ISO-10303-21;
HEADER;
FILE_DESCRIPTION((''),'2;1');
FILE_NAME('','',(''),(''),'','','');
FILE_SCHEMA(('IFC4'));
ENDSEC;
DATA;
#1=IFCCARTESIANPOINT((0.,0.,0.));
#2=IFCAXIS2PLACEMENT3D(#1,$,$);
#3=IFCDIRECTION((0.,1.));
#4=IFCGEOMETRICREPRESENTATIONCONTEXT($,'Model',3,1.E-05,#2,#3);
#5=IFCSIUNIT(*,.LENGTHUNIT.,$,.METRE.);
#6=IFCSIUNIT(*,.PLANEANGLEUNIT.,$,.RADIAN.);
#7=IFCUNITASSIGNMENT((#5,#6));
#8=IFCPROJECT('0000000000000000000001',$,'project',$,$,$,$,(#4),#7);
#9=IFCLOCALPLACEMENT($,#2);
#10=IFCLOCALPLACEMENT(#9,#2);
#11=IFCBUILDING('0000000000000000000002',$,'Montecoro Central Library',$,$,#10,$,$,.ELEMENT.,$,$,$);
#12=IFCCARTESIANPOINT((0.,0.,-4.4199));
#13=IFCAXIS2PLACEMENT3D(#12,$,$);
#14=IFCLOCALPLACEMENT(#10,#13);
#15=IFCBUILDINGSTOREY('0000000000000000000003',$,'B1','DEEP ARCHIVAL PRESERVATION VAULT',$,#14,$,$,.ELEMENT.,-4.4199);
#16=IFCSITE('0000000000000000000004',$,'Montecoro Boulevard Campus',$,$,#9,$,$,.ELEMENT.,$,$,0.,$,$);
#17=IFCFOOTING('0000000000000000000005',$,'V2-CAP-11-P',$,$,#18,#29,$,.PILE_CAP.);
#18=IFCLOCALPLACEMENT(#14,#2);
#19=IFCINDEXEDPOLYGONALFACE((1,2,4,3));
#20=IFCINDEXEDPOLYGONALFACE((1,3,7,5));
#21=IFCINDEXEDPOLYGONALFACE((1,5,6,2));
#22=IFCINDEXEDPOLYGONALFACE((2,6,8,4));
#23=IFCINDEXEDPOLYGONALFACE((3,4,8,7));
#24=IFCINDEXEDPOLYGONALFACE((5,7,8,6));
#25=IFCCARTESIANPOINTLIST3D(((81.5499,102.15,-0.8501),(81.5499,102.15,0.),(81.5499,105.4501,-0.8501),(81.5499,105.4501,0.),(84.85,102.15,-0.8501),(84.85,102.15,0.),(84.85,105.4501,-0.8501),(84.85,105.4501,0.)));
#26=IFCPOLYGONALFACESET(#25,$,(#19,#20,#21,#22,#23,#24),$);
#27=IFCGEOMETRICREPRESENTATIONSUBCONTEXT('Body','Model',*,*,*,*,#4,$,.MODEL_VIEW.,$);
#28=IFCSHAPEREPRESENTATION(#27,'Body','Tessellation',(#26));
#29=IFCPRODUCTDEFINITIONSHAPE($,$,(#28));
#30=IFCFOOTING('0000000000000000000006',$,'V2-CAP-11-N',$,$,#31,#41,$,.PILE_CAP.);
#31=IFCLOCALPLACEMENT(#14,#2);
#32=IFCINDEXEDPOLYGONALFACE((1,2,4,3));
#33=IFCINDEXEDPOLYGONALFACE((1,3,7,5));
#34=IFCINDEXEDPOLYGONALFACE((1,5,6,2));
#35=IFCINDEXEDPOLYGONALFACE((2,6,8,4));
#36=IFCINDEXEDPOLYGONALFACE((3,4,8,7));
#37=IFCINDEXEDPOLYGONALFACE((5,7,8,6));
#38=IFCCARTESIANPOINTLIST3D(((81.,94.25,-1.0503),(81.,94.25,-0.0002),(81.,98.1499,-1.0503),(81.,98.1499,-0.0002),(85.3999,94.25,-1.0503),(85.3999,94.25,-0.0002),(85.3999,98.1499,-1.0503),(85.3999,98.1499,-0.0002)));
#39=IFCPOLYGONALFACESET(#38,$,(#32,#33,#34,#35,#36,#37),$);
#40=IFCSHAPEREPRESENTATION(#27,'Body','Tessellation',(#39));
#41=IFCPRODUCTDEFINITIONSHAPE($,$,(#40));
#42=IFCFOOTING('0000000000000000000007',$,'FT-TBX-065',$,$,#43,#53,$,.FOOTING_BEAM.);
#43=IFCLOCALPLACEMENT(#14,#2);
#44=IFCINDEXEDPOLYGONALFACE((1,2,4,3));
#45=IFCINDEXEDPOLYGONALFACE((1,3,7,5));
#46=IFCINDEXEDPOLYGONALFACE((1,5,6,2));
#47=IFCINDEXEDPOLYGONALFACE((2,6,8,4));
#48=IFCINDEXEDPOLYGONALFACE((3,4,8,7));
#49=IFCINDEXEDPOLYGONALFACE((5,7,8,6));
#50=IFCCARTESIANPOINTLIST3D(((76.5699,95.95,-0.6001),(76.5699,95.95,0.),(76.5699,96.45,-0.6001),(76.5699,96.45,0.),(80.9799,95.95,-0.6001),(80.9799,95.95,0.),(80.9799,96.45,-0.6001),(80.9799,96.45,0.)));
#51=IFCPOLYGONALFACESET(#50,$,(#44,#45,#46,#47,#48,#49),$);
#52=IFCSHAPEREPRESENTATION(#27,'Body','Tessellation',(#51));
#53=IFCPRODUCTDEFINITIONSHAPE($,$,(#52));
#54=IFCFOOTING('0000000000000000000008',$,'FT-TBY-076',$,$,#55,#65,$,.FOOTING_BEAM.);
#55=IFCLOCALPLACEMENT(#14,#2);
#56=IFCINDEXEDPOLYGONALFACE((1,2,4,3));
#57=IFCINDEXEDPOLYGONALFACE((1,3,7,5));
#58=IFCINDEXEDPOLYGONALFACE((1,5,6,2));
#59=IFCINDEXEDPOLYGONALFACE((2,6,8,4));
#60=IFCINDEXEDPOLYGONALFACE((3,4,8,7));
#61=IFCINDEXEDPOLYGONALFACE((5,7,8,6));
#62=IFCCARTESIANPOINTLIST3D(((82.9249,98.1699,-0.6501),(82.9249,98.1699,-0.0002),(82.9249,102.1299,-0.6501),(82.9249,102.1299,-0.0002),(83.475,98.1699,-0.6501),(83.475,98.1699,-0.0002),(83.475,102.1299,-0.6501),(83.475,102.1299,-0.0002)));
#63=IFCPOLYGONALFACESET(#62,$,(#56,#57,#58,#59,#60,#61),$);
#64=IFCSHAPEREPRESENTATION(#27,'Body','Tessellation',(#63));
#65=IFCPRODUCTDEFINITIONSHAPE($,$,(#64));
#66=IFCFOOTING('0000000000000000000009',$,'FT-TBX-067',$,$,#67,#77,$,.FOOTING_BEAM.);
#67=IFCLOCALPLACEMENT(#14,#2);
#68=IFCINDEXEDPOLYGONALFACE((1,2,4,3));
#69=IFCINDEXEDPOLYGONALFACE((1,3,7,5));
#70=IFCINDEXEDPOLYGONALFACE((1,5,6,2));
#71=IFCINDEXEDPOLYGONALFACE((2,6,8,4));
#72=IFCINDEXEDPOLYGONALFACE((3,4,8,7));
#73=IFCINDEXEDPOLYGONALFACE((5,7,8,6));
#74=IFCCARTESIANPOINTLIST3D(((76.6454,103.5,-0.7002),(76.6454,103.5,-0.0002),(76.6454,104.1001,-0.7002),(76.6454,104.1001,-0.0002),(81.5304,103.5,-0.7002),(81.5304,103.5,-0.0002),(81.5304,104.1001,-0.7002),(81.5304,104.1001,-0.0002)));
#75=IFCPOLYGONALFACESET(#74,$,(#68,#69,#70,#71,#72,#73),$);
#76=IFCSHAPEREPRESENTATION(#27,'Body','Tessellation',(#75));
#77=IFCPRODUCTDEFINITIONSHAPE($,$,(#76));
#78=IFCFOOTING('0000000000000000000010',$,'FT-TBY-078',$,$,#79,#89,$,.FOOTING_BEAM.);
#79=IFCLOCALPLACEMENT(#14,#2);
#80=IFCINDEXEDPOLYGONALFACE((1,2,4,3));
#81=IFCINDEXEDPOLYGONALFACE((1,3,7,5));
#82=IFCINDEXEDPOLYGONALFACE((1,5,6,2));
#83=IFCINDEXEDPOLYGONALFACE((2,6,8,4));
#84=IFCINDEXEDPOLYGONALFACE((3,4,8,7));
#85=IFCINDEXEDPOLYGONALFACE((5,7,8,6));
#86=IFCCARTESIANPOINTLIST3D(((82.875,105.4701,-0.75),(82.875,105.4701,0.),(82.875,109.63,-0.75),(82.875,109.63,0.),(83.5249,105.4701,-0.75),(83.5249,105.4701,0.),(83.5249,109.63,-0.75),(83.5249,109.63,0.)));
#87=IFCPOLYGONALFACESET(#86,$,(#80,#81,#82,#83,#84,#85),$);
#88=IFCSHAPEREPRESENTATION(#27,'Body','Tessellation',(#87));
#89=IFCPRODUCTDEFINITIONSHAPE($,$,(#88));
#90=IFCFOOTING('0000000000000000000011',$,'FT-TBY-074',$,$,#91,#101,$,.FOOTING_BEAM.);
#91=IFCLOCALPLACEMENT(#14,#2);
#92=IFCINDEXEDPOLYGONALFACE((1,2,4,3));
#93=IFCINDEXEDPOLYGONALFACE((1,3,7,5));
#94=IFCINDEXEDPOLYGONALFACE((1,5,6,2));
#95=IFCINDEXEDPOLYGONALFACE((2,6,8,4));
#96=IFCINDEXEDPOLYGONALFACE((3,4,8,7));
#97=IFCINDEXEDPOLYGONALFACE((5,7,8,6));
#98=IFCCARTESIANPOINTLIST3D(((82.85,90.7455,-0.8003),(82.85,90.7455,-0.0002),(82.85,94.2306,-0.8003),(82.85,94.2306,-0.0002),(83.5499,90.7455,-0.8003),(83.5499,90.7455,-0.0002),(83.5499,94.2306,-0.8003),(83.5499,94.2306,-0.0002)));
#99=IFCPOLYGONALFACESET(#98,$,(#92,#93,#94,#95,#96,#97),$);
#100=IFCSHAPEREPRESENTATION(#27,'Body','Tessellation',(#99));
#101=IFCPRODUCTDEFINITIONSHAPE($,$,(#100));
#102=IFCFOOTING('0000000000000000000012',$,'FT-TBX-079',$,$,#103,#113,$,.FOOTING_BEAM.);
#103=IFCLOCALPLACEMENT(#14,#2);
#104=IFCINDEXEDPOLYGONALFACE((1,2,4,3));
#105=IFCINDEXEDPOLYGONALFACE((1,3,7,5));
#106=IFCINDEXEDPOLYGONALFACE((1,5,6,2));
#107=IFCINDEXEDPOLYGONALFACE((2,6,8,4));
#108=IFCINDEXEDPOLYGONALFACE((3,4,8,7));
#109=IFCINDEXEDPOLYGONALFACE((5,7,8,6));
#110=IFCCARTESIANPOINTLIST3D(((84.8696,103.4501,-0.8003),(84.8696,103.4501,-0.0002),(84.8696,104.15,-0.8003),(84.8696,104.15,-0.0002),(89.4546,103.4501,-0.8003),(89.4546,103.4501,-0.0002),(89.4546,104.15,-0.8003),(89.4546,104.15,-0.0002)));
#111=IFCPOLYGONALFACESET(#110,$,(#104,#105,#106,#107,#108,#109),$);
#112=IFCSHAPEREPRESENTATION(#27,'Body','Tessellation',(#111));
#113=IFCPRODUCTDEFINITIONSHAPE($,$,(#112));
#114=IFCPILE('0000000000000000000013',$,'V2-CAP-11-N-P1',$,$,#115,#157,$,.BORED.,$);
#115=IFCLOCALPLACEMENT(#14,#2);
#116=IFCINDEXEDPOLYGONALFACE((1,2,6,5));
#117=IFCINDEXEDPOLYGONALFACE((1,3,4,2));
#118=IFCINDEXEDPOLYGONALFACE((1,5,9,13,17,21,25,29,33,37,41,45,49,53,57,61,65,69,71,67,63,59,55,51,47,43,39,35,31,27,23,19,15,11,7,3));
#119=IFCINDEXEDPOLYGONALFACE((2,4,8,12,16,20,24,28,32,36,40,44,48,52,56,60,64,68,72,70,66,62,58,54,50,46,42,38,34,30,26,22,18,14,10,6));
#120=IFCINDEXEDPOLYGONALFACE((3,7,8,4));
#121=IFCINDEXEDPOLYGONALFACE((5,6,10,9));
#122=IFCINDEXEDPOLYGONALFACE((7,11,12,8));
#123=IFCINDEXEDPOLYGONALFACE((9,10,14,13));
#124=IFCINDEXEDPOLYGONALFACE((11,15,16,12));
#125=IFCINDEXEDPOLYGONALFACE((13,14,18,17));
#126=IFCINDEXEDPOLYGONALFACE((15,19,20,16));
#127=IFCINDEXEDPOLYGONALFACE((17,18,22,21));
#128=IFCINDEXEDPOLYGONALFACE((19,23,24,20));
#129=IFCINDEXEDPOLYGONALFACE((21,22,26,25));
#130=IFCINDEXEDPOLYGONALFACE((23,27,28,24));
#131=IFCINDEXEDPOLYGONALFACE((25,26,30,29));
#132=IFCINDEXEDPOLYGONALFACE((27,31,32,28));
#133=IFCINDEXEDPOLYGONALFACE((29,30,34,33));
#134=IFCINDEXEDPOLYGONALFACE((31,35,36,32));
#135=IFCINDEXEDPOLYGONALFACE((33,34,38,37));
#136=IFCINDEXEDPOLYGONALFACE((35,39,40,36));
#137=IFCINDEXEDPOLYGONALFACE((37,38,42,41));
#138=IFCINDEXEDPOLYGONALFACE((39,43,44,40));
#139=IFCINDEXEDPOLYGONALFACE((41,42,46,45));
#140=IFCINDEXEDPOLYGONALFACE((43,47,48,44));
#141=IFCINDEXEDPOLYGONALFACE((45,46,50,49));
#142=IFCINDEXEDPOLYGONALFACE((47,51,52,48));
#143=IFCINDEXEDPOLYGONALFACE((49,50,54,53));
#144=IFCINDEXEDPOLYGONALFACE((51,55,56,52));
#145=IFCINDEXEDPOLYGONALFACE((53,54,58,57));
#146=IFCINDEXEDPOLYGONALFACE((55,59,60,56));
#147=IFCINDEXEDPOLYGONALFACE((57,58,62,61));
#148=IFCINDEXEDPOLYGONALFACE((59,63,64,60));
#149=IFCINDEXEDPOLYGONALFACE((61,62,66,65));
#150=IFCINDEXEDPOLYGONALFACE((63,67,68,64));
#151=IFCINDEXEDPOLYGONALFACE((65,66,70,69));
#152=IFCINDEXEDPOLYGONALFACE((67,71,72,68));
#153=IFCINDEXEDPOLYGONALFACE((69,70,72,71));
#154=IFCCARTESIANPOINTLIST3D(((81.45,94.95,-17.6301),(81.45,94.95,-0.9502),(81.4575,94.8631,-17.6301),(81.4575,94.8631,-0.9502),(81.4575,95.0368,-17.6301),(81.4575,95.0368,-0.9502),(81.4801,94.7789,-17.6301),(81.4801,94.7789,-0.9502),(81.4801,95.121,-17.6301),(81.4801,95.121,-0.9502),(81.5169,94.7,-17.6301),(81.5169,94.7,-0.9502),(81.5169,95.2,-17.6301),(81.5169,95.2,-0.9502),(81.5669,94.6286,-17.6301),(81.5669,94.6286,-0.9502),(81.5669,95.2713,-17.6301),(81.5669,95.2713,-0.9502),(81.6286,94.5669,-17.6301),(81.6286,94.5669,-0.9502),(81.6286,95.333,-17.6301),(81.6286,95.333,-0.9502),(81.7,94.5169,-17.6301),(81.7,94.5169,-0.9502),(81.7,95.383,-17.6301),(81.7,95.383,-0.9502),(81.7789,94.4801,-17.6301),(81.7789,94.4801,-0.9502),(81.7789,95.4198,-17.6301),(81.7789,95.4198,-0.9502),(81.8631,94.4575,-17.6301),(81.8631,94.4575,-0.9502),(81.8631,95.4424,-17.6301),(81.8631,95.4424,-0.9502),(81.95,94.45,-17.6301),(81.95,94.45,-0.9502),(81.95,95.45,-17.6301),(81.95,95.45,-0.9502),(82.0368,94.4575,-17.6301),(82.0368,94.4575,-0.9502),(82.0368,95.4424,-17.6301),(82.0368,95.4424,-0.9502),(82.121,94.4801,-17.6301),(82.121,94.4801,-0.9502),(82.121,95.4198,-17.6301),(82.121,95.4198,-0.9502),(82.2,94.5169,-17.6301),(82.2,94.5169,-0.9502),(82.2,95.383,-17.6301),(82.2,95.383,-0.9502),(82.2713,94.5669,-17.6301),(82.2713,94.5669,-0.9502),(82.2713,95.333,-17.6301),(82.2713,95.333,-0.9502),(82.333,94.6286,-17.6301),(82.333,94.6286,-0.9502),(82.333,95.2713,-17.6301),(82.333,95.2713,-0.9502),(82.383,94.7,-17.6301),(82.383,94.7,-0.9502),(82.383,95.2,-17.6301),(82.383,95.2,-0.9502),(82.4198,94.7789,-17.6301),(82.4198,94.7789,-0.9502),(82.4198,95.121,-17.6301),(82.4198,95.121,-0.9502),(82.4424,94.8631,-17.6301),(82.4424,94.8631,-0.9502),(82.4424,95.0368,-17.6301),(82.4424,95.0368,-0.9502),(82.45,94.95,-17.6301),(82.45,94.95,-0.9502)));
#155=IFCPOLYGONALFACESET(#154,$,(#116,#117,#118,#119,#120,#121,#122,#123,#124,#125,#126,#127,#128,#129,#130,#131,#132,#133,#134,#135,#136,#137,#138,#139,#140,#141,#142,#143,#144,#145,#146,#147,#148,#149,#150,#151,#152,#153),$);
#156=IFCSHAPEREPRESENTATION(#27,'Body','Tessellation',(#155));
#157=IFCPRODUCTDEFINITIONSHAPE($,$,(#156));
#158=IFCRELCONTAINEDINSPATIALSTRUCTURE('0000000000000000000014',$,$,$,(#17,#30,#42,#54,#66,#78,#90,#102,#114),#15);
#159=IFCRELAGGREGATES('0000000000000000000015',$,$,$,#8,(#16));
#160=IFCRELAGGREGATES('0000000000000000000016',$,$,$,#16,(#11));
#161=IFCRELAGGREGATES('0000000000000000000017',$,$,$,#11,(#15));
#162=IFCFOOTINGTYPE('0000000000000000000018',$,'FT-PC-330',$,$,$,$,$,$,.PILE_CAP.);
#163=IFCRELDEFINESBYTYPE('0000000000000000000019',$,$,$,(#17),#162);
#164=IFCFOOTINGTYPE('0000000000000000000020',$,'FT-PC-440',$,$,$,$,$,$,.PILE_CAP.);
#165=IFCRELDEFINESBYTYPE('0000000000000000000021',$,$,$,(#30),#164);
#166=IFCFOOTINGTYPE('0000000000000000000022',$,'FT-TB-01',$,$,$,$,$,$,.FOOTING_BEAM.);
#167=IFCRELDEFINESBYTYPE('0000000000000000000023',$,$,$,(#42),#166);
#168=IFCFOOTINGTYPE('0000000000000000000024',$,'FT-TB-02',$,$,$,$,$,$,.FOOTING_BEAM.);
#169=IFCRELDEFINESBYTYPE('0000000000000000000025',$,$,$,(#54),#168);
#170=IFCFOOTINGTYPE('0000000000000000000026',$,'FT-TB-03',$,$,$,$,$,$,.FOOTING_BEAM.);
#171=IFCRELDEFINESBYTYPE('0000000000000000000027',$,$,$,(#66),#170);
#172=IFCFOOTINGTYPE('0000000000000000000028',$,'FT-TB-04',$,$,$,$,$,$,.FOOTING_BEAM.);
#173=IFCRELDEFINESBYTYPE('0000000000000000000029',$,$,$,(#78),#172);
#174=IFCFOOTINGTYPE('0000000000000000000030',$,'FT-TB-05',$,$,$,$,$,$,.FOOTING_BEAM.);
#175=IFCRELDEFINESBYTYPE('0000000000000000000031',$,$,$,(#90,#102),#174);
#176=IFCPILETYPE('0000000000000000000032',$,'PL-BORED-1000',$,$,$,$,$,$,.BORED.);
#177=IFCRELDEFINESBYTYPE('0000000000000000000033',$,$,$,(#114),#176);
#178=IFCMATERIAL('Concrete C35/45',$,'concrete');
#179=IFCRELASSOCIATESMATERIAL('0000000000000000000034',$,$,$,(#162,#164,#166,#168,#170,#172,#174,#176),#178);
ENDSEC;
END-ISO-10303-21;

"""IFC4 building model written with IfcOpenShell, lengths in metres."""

from ifc_helpers import new_model, si_unit, direction, frame, origin, origin_2d, place, context, subcontext, project, spatial, rectangle, circle, extrude, material, material_profile, profile_set, type_object, element, save


model = new_model("IFC4")

# Units and contexts
model_context = context("Model", 3, precision=1e-05, world=origin(), true_north=direction((0.0, 1.0)))
body_context = subcontext(model_context, "Body", "Model", "MODEL_VIEW")
ifc_project = project(units=[si_unit("LENGTHUNIT", "METRE"), si_unit("PLANEANGLEUNIT", "RADIAN")], contexts=[model_context])

# Site, building, storey
site_placement = place(None, origin())
site = spatial("IfcSite", under=ifc_project, at=site_placement, Name="Montecoro Boulevard Campus", CompositionType="ELEMENT", RefElevation=0.0)
building_placement = place(site_placement, origin())
building = spatial("IfcBuilding", under=site, at=building_placement, Name="Montecoro Central Library", CompositionType="ELEMENT")
storey_placement = place(building_placement, frame((0.0, 0.0, -4.4199)))
storey = spatial("IfcBuildingStorey", under=building, at=storey_placement, Name="B1", Description="DEEP ARCHIVAL PRESERVATION VAULT", CompositionType="ELEMENT", Elevation=-4.4199)

# Footings
ifc_material_1 = material(Name="Concrete C35/45", Category="concrete")
footing_type_1 = type_object("IfcFootingType", Name="FT-PC-330", PredefinedType="PILE_CAP", material=ifc_material_1)
footing_1_placement = place(storey_placement, frame((83.2, 103.8, -0.8501), z_axis=(0.0, 0.0, 1.0), x_axis=(1.0, 0.0, 0.0)))
element("IfcFooting", 1, at=footing_1_placement, inside=storey, type_object=footing_type_1, Name="V2-CAP-11-P", PredefinedType="PILE_CAP", context=body_context, shape_type="SweptSolid", body=[
    extrude(rectangle(XDim=3.3, YDim=3.3, at=origin_2d()), origin(), (0.0, 0.0, 1.0), 0.8501),
])
footing_type_2 = type_object("IfcFootingType", Name="FT-PC-440", PredefinedType="PILE_CAP", material=ifc_material_1)
footing_2_placement = place(storey_placement, frame((83.2, 96.2, -1.0503), z_axis=(0.0, 0.0, 1.0), x_axis=(1.0, 0.0, 0.0)))
element("IfcFooting", 2, at=footing_2_placement, inside=storey, type_object=footing_type_2, Name="V2-CAP-11-N", PredefinedType="PILE_CAP", context=body_context, shape_type="SweptSolid", body=[
    extrude(rectangle(XDim=4.3999, YDim=3.8999, at=origin_2d()), origin(), (0.0, 0.0, 1.0), 1.05),
])
footing_type_3 = type_object("IfcFootingType", Name="FT-TB-01", PredefinedType="FOOTING_BEAM", material=ifc_material_1)
footing_3_placement = place(storey_placement, frame((78.7749, 96.2, -0.6001), z_axis=(0.0, 0.0, 1.0), x_axis=(1.0, 0.0, 0.0)))
element("IfcFooting", 3, at=footing_3_placement, inside=storey, type_object=footing_type_3, Name="FT-TBX-065", PredefinedType="FOOTING_BEAM", context=body_context, shape_type="SweptSolid", body=[
    extrude(rectangle(XDim=4.4099, YDim=0.5, at=origin_2d()), origin(), (0.0, 0.0, 1.0), 0.6001),
])
footing_type_4 = type_object("IfcFootingType", Name="FT-TB-02", PredefinedType="FOOTING_BEAM", material=ifc_material_1)
footing_4_placement = place(storey_placement, frame((83.2, 100.1499, -0.6501), z_axis=(0.0, 0.0, 1.0), x_axis=(1.0, 0.0, 0.0)))
element("IfcFooting", 4, at=footing_4_placement, inside=storey, type_object=footing_type_4, Name="FT-TBY-076", PredefinedType="FOOTING_BEAM", context=body_context, shape_type="SweptSolid", body=[
    extrude(rectangle(XDim=0.55, YDim=3.96, at=origin_2d()), origin(), (0.0, 0.0, 1.0), 0.6499),
])
footing_type_5 = type_object("IfcFootingType", Name="FT-TB-03", PredefinedType="FOOTING_BEAM", material=ifc_material_1)
footing_5_placement = place(storey_placement, frame((79.0879, 103.8, -0.7002), z_axis=(0.0, 0.0, 1.0), x_axis=(1.0, 0.0, 0.0)))
element("IfcFooting", 5, at=footing_5_placement, inside=storey, type_object=footing_type_5, Name="FT-TBX-067", PredefinedType="FOOTING_BEAM", context=body_context, shape_type="SweptSolid", body=[
    extrude(rectangle(XDim=4.885, YDim=0.6001, at=origin_2d()), origin(), (0.0, 0.0, 1.0), 0.7),
])
footing_type_6 = type_object("IfcFootingType", Name="FT-TB-04", PredefinedType="FOOTING_BEAM", material=ifc_material_1)
footing_6_placement = place(storey_placement, frame((83.2, 107.55, -0.75), z_axis=(0.0, 0.0, 1.0), x_axis=(1.0, 0.0, 0.0)))
element("IfcFooting", 6, at=footing_6_placement, inside=storey, type_object=footing_type_6, Name="FT-TBY-078", PredefinedType="FOOTING_BEAM", context=body_context, shape_type="SweptSolid", body=[
    extrude(rectangle(XDim=0.6499, YDim=4.1599, at=origin_2d()), origin(), (0.0, 0.0, 1.0), 0.75),
])
footing_type_7 = type_object("IfcFootingType", Name="FT-TB-05", PredefinedType="FOOTING_BEAM", material=ifc_material_1)
footing_7_placement = place(storey_placement, frame((83.2, 92.488, -0.8003), z_axis=(0.0, 0.0, 1.0), x_axis=(1.0, 0.0, 0.0)))
element("IfcFooting", 7, at=footing_7_placement, inside=storey, type_object=footing_type_7, Name="FT-TBY-074", PredefinedType="FOOTING_BEAM", context=body_context, shape_type="SweptSolid", body=[
    extrude(rectangle(XDim=0.7, YDim=3.4851, at=origin_2d()), origin(), (0.0, 0.0, 1.0), 0.8),
])
footing_8_placement = place(storey_placement, frame((87.1621, 103.8, -0.8003), z_axis=(0.0, 0.0, 1.0), x_axis=(1.0, 0.0, 0.0)))
element("IfcFooting", 8, at=footing_8_placement, inside=storey, type_object=footing_type_7, Name="FT-TBX-079", PredefinedType="FOOTING_BEAM", context=body_context, shape_type="SweptSolid", body=[
    extrude(rectangle(XDim=4.585, YDim=0.7, at=origin_2d()), origin(), (0.0, 0.0, 1.0), 0.8),
])

# Pile
ifc_material_profile_1 = material_profile(ifc_material_1, circle(Radius=0.5, at=origin_2d()), Name="PILE D1000")
ifc_profile_set_1 = profile_set([ifc_material_profile_1], Name="Concrete C35/45")
pile_type_1 = type_object("IfcPileType", Name="PL-BORED-1000", PredefinedType="BORED", material=ifc_profile_set_1)
for number, where, z_axis, x_axis, name in (
    (9, (81.95, 94.95, -0.9502), (0.0, 0.0, -1.0), (1.0, 0.0, 0.0), "V2-CAP-11-N-P1"),
):
    element("IfcPile", number, at=place(storey_placement, frame(where, z_axis=z_axis, x_axis=x_axis)), inside=storey, type_object=pile_type_1, Name=name, PredefinedType="BORED", context=body_context, shape_type="SweptSolid", body=[
        extrude(circle(Radius=0.5, at=origin_2d()), origin(), (0.0, 0.0, 1.0), 16.6799),
    ])

save(model, "model.ifc")
